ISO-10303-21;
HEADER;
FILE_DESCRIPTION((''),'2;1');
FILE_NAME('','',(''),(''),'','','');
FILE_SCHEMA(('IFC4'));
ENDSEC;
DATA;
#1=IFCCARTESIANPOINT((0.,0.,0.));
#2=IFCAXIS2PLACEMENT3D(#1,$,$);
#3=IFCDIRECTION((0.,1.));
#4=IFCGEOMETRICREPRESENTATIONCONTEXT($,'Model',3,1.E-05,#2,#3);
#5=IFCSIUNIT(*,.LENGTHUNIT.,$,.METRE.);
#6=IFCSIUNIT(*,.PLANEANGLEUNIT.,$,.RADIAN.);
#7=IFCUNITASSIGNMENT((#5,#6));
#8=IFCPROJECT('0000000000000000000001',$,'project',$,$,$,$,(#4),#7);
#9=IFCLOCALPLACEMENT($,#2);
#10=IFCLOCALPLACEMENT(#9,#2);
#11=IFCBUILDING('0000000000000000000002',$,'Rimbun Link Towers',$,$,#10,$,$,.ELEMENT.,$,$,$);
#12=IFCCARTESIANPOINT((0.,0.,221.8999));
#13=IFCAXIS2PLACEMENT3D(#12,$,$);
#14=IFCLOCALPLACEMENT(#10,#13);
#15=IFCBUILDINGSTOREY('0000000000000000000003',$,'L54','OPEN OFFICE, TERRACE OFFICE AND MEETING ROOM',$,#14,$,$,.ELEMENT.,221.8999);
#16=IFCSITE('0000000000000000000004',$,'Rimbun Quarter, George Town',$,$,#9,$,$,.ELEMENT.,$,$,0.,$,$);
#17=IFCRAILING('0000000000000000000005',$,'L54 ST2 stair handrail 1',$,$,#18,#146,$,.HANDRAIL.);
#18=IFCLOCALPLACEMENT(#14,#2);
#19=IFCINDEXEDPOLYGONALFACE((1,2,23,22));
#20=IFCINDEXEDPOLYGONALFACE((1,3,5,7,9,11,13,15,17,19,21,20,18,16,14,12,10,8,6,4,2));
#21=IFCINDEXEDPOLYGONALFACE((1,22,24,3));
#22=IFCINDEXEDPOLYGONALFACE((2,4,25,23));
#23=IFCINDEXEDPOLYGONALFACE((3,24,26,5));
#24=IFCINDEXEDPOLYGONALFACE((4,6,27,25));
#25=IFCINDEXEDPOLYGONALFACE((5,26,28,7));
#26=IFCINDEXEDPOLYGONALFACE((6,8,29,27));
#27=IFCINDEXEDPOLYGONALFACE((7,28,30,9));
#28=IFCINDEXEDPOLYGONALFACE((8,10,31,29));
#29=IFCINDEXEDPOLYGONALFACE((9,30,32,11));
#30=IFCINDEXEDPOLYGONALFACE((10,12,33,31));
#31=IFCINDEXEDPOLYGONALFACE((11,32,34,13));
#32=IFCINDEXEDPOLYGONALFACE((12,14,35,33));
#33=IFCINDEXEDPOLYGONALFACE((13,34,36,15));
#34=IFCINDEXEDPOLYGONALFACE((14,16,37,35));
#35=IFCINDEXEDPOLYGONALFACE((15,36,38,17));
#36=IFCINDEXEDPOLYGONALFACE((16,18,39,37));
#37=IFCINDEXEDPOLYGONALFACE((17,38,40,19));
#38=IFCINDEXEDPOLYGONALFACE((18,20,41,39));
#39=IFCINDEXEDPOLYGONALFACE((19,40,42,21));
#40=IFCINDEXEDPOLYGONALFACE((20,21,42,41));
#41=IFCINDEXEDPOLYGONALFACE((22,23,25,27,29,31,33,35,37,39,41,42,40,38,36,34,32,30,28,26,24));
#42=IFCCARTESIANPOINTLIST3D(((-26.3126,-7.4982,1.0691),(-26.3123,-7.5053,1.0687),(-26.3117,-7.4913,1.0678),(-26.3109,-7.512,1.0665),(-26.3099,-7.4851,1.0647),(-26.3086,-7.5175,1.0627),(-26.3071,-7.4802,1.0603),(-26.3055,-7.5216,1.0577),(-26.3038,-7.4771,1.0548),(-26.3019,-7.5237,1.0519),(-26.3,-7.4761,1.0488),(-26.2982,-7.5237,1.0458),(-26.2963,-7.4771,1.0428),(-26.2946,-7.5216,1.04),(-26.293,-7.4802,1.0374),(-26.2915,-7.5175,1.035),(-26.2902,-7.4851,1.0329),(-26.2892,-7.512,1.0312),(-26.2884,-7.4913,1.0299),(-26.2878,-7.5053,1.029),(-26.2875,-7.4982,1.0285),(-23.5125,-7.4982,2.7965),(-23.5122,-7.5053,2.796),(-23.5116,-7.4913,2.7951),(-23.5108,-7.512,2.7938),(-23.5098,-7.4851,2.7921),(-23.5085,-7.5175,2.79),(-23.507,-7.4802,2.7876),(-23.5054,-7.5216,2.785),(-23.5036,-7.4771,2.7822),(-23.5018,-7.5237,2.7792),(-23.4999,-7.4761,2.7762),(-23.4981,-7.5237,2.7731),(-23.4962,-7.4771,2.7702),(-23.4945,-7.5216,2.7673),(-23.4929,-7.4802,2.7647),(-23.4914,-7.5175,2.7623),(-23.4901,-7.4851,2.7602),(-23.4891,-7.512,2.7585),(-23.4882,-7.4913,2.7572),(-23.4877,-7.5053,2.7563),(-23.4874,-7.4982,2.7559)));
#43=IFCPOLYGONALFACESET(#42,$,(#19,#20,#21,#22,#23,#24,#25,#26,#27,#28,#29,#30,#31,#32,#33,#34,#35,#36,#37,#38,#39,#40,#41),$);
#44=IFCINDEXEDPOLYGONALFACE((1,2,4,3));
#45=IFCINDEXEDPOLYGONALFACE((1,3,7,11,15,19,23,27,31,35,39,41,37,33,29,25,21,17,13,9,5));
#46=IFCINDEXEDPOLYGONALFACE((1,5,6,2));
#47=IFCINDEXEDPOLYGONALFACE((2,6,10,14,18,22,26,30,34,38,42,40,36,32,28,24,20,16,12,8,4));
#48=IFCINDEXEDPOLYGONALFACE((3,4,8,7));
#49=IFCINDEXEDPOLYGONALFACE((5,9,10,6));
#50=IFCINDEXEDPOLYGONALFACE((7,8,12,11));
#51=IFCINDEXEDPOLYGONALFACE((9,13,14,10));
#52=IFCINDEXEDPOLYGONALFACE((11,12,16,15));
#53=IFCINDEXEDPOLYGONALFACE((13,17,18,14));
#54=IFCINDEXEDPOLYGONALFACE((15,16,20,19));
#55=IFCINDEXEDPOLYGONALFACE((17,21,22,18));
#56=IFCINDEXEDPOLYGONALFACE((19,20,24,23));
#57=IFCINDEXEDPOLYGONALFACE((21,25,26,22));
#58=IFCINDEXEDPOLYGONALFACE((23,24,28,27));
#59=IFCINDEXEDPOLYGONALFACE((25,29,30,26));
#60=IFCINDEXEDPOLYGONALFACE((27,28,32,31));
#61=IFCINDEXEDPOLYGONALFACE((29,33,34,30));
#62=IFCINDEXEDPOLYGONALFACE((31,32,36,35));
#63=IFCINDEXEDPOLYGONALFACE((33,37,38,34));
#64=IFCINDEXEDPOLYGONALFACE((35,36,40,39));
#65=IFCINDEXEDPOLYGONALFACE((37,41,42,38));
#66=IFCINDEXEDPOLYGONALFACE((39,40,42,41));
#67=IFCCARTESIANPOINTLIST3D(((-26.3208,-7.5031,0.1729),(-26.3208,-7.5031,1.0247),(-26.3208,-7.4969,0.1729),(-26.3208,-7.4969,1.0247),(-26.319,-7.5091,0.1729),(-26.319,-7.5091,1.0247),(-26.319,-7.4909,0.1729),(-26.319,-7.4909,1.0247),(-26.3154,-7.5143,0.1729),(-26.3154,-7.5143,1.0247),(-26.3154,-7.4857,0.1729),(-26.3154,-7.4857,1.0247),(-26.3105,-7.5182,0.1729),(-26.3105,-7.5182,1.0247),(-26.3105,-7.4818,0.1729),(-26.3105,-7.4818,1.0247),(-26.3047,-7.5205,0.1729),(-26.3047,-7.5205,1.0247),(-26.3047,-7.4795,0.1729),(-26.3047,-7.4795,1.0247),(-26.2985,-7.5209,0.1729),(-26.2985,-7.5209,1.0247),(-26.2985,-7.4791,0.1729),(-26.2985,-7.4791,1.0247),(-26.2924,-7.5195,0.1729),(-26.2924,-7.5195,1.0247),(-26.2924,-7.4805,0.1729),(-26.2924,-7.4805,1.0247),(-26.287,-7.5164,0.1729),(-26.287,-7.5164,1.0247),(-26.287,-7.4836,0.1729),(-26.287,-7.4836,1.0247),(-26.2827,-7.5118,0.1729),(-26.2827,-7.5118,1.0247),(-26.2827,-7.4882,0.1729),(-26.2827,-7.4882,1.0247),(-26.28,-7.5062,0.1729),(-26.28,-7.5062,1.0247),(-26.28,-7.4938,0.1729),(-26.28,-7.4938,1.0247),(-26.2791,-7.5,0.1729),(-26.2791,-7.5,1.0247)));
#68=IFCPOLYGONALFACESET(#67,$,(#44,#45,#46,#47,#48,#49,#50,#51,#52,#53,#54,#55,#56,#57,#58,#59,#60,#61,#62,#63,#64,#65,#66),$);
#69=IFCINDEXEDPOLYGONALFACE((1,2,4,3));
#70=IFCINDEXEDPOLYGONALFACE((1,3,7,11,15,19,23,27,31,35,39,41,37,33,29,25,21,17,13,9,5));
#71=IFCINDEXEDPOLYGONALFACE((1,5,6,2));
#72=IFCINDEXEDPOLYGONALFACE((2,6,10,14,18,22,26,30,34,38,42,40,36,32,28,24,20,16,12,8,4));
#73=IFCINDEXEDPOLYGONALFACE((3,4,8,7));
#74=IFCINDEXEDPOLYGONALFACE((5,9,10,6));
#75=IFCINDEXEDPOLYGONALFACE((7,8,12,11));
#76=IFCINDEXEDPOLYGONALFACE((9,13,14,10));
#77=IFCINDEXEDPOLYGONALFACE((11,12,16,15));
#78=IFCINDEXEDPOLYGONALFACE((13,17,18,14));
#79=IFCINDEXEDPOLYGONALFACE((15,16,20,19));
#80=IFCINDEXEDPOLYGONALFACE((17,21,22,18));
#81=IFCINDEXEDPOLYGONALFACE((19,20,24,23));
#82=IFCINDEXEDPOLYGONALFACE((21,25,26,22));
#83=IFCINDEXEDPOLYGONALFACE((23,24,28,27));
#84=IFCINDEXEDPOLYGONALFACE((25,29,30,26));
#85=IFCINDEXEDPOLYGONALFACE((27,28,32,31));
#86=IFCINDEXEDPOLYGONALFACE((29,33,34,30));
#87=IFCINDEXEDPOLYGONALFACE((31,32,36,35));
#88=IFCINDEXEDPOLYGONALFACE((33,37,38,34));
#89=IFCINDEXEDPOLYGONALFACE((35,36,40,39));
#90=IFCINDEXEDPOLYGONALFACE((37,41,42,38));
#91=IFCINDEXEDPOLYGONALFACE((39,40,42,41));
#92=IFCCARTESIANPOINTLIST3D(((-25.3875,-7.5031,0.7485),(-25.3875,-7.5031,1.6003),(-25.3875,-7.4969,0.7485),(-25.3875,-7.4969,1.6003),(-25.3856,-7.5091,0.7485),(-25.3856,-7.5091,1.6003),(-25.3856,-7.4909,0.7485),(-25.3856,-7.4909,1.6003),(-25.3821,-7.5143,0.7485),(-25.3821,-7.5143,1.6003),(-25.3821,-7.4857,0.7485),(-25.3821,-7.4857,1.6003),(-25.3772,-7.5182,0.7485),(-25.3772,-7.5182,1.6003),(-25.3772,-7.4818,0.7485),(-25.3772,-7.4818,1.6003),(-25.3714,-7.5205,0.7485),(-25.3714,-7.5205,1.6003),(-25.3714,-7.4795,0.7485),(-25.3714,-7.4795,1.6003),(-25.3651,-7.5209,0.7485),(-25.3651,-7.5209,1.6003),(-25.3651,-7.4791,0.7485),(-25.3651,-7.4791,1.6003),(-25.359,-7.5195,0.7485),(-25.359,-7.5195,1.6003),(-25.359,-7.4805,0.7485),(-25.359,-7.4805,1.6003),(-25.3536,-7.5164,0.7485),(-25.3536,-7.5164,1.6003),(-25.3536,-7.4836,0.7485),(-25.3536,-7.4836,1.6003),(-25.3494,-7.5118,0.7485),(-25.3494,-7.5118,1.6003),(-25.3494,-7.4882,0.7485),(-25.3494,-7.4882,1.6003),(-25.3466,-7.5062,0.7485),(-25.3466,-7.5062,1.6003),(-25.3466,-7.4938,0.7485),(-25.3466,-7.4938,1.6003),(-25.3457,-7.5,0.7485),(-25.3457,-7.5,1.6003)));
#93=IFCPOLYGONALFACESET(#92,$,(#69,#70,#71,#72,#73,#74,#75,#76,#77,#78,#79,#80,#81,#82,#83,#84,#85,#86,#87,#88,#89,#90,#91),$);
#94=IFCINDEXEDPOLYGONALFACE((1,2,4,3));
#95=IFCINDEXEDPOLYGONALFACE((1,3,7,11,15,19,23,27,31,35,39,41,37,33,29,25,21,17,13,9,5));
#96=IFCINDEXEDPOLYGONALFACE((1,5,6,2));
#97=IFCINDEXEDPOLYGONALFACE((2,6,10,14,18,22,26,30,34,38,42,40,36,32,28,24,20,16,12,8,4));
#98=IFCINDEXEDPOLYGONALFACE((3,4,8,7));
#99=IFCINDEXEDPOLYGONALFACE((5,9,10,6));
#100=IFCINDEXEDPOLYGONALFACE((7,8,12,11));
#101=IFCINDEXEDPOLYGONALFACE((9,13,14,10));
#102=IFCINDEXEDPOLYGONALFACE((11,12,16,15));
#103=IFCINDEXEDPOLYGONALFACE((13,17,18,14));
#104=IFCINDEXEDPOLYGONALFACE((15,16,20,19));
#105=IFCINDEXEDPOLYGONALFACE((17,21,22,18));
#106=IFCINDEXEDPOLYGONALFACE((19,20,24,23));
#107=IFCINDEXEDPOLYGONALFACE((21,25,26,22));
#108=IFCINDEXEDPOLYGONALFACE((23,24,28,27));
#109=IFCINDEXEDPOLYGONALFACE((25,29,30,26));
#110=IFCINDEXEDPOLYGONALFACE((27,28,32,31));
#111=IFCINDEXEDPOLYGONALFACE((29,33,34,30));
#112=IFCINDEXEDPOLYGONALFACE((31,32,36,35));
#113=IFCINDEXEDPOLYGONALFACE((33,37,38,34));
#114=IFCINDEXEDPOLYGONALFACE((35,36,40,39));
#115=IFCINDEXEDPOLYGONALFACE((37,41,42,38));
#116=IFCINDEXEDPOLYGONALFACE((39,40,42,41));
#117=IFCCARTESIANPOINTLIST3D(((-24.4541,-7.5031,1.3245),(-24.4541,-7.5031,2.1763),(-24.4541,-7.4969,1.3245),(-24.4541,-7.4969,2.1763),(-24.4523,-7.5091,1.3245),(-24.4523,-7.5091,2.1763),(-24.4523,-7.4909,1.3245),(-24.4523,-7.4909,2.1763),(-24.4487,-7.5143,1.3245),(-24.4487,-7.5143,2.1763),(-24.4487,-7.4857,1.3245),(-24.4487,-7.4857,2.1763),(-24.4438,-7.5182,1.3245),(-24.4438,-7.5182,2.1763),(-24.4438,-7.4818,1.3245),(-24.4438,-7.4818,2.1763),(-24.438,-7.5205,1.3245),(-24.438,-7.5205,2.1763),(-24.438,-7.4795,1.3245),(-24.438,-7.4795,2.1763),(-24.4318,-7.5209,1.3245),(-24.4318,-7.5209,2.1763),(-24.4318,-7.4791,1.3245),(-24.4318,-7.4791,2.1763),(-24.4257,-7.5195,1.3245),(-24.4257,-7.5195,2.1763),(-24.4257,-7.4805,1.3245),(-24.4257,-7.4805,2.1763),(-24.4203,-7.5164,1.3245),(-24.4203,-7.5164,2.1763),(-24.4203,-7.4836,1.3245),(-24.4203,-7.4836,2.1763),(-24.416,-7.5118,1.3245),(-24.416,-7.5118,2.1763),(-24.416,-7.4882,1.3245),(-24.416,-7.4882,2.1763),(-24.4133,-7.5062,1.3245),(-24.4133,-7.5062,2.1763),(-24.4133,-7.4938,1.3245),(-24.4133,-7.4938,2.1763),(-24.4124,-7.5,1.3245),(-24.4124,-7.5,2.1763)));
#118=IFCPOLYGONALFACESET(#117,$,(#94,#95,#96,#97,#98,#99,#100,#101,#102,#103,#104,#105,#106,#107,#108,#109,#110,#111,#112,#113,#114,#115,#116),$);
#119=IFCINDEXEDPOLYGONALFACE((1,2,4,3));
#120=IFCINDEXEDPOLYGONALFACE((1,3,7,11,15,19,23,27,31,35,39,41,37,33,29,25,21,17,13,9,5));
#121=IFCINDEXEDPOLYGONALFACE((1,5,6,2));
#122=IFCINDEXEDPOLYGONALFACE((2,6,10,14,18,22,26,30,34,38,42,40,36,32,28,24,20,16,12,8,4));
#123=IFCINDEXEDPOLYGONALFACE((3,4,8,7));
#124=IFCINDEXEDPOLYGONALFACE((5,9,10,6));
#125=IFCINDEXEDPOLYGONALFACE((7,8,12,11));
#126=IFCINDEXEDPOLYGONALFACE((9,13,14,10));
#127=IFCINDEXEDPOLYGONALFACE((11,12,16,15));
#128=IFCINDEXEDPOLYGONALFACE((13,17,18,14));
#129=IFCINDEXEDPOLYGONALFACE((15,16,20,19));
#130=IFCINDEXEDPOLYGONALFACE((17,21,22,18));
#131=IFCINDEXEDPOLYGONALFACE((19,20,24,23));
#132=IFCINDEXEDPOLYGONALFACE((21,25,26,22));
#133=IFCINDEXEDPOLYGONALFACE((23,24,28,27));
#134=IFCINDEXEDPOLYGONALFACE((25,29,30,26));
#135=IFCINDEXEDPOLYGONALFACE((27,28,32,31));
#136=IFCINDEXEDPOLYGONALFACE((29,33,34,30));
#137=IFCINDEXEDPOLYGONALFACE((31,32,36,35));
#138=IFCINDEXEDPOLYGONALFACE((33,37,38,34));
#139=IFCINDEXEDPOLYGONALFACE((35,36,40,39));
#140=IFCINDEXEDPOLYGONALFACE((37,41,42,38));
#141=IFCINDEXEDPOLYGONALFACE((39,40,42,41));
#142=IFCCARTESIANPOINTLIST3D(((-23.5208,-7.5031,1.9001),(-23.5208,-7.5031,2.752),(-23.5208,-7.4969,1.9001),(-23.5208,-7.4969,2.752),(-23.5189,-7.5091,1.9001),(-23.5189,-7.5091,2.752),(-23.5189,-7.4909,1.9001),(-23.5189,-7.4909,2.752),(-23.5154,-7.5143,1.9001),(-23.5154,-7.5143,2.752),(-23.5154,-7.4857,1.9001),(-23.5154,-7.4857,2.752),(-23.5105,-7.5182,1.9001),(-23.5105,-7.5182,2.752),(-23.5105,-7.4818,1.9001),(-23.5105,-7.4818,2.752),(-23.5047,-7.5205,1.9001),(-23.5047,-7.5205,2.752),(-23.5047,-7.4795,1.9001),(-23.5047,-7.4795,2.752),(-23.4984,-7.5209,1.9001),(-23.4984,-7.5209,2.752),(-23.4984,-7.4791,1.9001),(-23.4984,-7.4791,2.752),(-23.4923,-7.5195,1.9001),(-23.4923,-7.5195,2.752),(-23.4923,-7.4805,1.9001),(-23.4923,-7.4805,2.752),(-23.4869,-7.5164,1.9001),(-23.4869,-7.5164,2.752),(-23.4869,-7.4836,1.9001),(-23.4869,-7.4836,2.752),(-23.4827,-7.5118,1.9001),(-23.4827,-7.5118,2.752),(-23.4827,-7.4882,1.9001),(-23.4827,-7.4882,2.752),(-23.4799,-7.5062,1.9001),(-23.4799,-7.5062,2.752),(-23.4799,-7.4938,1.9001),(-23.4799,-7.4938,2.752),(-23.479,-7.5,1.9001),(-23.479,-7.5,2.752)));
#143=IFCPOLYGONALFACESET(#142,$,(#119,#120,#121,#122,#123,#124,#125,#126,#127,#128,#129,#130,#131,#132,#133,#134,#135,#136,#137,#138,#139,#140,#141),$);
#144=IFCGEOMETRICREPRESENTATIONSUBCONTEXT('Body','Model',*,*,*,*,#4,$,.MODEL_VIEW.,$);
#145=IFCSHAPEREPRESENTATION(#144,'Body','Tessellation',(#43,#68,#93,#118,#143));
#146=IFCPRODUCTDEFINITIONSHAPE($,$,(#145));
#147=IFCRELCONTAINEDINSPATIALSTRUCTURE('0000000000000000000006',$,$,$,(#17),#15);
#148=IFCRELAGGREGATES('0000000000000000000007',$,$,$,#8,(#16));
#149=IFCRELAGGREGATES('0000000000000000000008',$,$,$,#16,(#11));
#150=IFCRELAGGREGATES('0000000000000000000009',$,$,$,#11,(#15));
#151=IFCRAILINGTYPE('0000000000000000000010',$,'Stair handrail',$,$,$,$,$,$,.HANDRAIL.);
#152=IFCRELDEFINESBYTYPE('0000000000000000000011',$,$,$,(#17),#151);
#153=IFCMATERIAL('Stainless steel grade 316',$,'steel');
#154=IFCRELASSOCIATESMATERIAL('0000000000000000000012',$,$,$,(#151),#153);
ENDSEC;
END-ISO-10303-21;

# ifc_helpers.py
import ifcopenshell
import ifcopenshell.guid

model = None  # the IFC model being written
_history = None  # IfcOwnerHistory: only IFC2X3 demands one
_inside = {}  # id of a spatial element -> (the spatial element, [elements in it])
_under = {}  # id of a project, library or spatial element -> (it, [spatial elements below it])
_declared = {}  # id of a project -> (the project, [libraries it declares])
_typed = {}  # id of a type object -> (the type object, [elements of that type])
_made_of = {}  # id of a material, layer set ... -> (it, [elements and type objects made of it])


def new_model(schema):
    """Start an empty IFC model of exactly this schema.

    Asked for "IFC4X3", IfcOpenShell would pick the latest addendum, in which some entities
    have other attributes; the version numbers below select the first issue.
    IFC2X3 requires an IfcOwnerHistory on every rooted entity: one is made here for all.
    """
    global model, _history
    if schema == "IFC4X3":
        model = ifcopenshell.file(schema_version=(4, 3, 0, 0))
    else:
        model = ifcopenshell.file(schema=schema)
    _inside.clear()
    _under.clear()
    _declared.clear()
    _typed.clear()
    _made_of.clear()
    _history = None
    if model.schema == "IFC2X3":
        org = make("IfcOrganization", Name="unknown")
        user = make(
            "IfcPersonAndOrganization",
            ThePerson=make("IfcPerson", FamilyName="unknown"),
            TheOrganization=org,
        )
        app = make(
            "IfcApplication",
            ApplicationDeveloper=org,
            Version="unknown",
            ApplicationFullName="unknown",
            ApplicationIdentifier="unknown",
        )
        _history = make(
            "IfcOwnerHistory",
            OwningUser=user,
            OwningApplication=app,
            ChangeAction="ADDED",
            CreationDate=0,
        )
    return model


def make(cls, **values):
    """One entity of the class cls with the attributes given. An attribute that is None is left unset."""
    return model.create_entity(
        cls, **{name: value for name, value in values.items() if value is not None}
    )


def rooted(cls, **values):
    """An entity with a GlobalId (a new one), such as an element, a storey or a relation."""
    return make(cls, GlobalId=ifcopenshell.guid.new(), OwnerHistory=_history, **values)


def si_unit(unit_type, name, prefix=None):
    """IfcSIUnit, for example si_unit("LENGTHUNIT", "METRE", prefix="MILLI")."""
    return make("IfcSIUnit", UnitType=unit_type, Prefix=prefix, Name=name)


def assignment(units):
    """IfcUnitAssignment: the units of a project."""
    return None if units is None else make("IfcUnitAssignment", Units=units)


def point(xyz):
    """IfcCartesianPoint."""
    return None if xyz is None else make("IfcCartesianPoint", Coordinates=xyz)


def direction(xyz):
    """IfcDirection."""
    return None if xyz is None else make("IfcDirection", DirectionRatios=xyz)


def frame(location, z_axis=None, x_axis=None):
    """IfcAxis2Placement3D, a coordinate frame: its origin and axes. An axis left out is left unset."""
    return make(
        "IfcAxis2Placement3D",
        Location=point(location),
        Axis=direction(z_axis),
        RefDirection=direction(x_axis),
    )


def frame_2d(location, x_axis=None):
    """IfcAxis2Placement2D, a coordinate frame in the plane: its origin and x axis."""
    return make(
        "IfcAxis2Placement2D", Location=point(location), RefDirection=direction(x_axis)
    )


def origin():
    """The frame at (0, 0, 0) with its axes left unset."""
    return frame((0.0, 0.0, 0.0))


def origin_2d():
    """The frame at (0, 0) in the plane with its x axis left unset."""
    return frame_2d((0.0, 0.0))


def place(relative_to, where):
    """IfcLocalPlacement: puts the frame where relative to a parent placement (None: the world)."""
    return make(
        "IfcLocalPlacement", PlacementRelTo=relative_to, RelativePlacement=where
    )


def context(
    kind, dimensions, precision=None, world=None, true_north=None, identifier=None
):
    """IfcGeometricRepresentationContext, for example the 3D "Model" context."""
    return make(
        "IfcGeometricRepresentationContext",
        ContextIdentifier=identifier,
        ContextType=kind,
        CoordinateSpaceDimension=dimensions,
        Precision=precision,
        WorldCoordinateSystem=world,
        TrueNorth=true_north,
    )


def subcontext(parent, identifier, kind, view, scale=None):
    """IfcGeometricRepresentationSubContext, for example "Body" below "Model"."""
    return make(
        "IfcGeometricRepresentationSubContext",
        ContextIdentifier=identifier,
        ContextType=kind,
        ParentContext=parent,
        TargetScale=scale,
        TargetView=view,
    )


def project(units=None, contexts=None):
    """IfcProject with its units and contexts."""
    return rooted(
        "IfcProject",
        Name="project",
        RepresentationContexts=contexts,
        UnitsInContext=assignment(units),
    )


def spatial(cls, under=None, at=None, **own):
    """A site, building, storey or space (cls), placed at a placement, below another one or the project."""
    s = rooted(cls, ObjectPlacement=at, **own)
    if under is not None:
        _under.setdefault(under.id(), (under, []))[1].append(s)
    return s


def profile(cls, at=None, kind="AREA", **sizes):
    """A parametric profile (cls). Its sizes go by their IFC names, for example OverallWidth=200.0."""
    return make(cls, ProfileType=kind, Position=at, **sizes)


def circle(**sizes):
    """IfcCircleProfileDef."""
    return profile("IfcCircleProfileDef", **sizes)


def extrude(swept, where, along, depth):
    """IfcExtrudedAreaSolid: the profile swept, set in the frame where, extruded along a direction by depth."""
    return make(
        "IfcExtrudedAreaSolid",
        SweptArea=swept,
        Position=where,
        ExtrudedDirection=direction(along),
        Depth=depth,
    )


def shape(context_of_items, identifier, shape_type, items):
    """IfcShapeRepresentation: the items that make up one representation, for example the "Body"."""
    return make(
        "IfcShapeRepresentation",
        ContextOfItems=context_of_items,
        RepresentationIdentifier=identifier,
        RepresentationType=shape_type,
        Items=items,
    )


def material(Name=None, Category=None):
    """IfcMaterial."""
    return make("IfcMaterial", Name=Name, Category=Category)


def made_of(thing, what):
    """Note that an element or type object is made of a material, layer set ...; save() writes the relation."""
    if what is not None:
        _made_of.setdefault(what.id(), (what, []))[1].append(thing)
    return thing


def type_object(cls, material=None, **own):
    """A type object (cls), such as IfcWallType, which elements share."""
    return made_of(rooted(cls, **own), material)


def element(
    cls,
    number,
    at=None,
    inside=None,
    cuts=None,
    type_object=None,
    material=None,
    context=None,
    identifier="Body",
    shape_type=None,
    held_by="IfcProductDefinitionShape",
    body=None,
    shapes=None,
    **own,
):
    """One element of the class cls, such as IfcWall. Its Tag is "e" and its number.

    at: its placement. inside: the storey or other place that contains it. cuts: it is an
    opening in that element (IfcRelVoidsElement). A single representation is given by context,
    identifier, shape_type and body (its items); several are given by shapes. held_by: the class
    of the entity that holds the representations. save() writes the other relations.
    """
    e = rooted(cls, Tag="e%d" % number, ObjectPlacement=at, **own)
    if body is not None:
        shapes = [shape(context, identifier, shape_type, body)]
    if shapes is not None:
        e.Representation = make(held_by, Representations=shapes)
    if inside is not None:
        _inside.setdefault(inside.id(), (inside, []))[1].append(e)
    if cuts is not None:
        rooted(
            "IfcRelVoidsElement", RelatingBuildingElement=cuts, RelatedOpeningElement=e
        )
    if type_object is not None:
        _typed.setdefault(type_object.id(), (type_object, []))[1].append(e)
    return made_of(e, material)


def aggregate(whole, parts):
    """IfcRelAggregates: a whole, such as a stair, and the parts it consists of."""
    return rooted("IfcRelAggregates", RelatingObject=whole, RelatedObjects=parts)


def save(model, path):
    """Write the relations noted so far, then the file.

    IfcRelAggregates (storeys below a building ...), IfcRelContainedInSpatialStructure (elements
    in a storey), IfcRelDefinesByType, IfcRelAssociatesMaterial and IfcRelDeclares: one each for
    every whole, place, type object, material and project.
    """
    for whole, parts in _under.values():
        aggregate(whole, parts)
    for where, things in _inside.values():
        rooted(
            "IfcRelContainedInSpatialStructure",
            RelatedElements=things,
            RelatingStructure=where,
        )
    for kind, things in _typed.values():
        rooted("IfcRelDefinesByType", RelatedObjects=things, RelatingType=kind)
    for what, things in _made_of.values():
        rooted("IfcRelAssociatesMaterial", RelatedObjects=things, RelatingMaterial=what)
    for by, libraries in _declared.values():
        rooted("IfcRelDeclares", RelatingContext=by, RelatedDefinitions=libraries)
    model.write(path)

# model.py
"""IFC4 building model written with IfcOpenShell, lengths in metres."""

from ifc_helpers import new_model, si_unit, direction, frame, origin, origin_2d, place, context, subcontext, project, spatial, circle, extrude, material, type_object, element, save


model = new_model("IFC4")

# Units and contexts
model_context = context("Model", 3, precision=1e-05, world=origin(), true_north=direction((0.0, 1.0)))
body_context = subcontext(model_context, "Body", "Model", "MODEL_VIEW")
ifc_project = project(units=[si_unit("LENGTHUNIT", "METRE"), si_unit("PLANEANGLEUNIT", "RADIAN")], contexts=[model_context])

# Site, building, storey
site_placement = place(None, origin())
site = spatial("IfcSite", under=ifc_project, at=site_placement, Name="Rimbun Quarter, George Town", CompositionType="ELEMENT", RefElevation=0.0)
building_placement = place(site_placement, origin())
building = spatial("IfcBuilding", under=site, at=building_placement, Name="Rimbun Link Towers", CompositionType="ELEMENT")
storey_placement = place(building_placement, frame((0.0, 0.0, 221.8999)))
storey = spatial("IfcBuildingStorey", under=building, at=storey_placement, Name="L54", Description="OPEN OFFICE, TERRACE OFFICE AND MEETING ROOM", CompositionType="ELEMENT", Elevation=221.8999)

# Railing
ifc_material_1 = material(Name="Stainless steel grade 316", Category="steel")
railing_type_1 = type_object("IfcRailingType", Name="Stair handrail", PredefinedType="HANDRAIL", material=ifc_material_1)
railing_1_placement = place(storey_placement, frame((-26.3, -7.5, 0.1729)))
element("IfcRailing", 1, at=railing_1_placement, inside=storey, type_object=railing_type_1, Name="L54 ST2 stair handrail 1", PredefinedType="HANDRAIL", context=body_context, shape_type="SweptSolid", body=[
    extrude(circle(Radius=0.0239, at=origin_2d()), frame((0.0, 0.0, 0.876), z_axis=(0.85109, 0.0, 0.52502), x_axis=(0.0, 1.0, 0.0)), (0.0, 0.0, 1.0), 3.29),
    extrude(circle(Radius=0.021, at=origin_2d()), origin(), (0.0, 0.0, 1.0), 0.8518),
    extrude(circle(Radius=0.021, at=origin_2d()), frame((0.9333, 0.0, 0.5757)), (0.0, 0.0, 1.0), 0.8518),
    extrude(circle(Radius=0.021, at=origin_2d()), frame((1.8667, 0.0, 1.1516)), (0.0, 0.0, 1.0), 0.8518),
    extrude(circle(Radius=0.021, at=origin_2d()), frame((2.8, 0.0, 1.7273)), (0.0, 0.0, 1.0), 0.8518),
])

save(model, "model.ifc")
